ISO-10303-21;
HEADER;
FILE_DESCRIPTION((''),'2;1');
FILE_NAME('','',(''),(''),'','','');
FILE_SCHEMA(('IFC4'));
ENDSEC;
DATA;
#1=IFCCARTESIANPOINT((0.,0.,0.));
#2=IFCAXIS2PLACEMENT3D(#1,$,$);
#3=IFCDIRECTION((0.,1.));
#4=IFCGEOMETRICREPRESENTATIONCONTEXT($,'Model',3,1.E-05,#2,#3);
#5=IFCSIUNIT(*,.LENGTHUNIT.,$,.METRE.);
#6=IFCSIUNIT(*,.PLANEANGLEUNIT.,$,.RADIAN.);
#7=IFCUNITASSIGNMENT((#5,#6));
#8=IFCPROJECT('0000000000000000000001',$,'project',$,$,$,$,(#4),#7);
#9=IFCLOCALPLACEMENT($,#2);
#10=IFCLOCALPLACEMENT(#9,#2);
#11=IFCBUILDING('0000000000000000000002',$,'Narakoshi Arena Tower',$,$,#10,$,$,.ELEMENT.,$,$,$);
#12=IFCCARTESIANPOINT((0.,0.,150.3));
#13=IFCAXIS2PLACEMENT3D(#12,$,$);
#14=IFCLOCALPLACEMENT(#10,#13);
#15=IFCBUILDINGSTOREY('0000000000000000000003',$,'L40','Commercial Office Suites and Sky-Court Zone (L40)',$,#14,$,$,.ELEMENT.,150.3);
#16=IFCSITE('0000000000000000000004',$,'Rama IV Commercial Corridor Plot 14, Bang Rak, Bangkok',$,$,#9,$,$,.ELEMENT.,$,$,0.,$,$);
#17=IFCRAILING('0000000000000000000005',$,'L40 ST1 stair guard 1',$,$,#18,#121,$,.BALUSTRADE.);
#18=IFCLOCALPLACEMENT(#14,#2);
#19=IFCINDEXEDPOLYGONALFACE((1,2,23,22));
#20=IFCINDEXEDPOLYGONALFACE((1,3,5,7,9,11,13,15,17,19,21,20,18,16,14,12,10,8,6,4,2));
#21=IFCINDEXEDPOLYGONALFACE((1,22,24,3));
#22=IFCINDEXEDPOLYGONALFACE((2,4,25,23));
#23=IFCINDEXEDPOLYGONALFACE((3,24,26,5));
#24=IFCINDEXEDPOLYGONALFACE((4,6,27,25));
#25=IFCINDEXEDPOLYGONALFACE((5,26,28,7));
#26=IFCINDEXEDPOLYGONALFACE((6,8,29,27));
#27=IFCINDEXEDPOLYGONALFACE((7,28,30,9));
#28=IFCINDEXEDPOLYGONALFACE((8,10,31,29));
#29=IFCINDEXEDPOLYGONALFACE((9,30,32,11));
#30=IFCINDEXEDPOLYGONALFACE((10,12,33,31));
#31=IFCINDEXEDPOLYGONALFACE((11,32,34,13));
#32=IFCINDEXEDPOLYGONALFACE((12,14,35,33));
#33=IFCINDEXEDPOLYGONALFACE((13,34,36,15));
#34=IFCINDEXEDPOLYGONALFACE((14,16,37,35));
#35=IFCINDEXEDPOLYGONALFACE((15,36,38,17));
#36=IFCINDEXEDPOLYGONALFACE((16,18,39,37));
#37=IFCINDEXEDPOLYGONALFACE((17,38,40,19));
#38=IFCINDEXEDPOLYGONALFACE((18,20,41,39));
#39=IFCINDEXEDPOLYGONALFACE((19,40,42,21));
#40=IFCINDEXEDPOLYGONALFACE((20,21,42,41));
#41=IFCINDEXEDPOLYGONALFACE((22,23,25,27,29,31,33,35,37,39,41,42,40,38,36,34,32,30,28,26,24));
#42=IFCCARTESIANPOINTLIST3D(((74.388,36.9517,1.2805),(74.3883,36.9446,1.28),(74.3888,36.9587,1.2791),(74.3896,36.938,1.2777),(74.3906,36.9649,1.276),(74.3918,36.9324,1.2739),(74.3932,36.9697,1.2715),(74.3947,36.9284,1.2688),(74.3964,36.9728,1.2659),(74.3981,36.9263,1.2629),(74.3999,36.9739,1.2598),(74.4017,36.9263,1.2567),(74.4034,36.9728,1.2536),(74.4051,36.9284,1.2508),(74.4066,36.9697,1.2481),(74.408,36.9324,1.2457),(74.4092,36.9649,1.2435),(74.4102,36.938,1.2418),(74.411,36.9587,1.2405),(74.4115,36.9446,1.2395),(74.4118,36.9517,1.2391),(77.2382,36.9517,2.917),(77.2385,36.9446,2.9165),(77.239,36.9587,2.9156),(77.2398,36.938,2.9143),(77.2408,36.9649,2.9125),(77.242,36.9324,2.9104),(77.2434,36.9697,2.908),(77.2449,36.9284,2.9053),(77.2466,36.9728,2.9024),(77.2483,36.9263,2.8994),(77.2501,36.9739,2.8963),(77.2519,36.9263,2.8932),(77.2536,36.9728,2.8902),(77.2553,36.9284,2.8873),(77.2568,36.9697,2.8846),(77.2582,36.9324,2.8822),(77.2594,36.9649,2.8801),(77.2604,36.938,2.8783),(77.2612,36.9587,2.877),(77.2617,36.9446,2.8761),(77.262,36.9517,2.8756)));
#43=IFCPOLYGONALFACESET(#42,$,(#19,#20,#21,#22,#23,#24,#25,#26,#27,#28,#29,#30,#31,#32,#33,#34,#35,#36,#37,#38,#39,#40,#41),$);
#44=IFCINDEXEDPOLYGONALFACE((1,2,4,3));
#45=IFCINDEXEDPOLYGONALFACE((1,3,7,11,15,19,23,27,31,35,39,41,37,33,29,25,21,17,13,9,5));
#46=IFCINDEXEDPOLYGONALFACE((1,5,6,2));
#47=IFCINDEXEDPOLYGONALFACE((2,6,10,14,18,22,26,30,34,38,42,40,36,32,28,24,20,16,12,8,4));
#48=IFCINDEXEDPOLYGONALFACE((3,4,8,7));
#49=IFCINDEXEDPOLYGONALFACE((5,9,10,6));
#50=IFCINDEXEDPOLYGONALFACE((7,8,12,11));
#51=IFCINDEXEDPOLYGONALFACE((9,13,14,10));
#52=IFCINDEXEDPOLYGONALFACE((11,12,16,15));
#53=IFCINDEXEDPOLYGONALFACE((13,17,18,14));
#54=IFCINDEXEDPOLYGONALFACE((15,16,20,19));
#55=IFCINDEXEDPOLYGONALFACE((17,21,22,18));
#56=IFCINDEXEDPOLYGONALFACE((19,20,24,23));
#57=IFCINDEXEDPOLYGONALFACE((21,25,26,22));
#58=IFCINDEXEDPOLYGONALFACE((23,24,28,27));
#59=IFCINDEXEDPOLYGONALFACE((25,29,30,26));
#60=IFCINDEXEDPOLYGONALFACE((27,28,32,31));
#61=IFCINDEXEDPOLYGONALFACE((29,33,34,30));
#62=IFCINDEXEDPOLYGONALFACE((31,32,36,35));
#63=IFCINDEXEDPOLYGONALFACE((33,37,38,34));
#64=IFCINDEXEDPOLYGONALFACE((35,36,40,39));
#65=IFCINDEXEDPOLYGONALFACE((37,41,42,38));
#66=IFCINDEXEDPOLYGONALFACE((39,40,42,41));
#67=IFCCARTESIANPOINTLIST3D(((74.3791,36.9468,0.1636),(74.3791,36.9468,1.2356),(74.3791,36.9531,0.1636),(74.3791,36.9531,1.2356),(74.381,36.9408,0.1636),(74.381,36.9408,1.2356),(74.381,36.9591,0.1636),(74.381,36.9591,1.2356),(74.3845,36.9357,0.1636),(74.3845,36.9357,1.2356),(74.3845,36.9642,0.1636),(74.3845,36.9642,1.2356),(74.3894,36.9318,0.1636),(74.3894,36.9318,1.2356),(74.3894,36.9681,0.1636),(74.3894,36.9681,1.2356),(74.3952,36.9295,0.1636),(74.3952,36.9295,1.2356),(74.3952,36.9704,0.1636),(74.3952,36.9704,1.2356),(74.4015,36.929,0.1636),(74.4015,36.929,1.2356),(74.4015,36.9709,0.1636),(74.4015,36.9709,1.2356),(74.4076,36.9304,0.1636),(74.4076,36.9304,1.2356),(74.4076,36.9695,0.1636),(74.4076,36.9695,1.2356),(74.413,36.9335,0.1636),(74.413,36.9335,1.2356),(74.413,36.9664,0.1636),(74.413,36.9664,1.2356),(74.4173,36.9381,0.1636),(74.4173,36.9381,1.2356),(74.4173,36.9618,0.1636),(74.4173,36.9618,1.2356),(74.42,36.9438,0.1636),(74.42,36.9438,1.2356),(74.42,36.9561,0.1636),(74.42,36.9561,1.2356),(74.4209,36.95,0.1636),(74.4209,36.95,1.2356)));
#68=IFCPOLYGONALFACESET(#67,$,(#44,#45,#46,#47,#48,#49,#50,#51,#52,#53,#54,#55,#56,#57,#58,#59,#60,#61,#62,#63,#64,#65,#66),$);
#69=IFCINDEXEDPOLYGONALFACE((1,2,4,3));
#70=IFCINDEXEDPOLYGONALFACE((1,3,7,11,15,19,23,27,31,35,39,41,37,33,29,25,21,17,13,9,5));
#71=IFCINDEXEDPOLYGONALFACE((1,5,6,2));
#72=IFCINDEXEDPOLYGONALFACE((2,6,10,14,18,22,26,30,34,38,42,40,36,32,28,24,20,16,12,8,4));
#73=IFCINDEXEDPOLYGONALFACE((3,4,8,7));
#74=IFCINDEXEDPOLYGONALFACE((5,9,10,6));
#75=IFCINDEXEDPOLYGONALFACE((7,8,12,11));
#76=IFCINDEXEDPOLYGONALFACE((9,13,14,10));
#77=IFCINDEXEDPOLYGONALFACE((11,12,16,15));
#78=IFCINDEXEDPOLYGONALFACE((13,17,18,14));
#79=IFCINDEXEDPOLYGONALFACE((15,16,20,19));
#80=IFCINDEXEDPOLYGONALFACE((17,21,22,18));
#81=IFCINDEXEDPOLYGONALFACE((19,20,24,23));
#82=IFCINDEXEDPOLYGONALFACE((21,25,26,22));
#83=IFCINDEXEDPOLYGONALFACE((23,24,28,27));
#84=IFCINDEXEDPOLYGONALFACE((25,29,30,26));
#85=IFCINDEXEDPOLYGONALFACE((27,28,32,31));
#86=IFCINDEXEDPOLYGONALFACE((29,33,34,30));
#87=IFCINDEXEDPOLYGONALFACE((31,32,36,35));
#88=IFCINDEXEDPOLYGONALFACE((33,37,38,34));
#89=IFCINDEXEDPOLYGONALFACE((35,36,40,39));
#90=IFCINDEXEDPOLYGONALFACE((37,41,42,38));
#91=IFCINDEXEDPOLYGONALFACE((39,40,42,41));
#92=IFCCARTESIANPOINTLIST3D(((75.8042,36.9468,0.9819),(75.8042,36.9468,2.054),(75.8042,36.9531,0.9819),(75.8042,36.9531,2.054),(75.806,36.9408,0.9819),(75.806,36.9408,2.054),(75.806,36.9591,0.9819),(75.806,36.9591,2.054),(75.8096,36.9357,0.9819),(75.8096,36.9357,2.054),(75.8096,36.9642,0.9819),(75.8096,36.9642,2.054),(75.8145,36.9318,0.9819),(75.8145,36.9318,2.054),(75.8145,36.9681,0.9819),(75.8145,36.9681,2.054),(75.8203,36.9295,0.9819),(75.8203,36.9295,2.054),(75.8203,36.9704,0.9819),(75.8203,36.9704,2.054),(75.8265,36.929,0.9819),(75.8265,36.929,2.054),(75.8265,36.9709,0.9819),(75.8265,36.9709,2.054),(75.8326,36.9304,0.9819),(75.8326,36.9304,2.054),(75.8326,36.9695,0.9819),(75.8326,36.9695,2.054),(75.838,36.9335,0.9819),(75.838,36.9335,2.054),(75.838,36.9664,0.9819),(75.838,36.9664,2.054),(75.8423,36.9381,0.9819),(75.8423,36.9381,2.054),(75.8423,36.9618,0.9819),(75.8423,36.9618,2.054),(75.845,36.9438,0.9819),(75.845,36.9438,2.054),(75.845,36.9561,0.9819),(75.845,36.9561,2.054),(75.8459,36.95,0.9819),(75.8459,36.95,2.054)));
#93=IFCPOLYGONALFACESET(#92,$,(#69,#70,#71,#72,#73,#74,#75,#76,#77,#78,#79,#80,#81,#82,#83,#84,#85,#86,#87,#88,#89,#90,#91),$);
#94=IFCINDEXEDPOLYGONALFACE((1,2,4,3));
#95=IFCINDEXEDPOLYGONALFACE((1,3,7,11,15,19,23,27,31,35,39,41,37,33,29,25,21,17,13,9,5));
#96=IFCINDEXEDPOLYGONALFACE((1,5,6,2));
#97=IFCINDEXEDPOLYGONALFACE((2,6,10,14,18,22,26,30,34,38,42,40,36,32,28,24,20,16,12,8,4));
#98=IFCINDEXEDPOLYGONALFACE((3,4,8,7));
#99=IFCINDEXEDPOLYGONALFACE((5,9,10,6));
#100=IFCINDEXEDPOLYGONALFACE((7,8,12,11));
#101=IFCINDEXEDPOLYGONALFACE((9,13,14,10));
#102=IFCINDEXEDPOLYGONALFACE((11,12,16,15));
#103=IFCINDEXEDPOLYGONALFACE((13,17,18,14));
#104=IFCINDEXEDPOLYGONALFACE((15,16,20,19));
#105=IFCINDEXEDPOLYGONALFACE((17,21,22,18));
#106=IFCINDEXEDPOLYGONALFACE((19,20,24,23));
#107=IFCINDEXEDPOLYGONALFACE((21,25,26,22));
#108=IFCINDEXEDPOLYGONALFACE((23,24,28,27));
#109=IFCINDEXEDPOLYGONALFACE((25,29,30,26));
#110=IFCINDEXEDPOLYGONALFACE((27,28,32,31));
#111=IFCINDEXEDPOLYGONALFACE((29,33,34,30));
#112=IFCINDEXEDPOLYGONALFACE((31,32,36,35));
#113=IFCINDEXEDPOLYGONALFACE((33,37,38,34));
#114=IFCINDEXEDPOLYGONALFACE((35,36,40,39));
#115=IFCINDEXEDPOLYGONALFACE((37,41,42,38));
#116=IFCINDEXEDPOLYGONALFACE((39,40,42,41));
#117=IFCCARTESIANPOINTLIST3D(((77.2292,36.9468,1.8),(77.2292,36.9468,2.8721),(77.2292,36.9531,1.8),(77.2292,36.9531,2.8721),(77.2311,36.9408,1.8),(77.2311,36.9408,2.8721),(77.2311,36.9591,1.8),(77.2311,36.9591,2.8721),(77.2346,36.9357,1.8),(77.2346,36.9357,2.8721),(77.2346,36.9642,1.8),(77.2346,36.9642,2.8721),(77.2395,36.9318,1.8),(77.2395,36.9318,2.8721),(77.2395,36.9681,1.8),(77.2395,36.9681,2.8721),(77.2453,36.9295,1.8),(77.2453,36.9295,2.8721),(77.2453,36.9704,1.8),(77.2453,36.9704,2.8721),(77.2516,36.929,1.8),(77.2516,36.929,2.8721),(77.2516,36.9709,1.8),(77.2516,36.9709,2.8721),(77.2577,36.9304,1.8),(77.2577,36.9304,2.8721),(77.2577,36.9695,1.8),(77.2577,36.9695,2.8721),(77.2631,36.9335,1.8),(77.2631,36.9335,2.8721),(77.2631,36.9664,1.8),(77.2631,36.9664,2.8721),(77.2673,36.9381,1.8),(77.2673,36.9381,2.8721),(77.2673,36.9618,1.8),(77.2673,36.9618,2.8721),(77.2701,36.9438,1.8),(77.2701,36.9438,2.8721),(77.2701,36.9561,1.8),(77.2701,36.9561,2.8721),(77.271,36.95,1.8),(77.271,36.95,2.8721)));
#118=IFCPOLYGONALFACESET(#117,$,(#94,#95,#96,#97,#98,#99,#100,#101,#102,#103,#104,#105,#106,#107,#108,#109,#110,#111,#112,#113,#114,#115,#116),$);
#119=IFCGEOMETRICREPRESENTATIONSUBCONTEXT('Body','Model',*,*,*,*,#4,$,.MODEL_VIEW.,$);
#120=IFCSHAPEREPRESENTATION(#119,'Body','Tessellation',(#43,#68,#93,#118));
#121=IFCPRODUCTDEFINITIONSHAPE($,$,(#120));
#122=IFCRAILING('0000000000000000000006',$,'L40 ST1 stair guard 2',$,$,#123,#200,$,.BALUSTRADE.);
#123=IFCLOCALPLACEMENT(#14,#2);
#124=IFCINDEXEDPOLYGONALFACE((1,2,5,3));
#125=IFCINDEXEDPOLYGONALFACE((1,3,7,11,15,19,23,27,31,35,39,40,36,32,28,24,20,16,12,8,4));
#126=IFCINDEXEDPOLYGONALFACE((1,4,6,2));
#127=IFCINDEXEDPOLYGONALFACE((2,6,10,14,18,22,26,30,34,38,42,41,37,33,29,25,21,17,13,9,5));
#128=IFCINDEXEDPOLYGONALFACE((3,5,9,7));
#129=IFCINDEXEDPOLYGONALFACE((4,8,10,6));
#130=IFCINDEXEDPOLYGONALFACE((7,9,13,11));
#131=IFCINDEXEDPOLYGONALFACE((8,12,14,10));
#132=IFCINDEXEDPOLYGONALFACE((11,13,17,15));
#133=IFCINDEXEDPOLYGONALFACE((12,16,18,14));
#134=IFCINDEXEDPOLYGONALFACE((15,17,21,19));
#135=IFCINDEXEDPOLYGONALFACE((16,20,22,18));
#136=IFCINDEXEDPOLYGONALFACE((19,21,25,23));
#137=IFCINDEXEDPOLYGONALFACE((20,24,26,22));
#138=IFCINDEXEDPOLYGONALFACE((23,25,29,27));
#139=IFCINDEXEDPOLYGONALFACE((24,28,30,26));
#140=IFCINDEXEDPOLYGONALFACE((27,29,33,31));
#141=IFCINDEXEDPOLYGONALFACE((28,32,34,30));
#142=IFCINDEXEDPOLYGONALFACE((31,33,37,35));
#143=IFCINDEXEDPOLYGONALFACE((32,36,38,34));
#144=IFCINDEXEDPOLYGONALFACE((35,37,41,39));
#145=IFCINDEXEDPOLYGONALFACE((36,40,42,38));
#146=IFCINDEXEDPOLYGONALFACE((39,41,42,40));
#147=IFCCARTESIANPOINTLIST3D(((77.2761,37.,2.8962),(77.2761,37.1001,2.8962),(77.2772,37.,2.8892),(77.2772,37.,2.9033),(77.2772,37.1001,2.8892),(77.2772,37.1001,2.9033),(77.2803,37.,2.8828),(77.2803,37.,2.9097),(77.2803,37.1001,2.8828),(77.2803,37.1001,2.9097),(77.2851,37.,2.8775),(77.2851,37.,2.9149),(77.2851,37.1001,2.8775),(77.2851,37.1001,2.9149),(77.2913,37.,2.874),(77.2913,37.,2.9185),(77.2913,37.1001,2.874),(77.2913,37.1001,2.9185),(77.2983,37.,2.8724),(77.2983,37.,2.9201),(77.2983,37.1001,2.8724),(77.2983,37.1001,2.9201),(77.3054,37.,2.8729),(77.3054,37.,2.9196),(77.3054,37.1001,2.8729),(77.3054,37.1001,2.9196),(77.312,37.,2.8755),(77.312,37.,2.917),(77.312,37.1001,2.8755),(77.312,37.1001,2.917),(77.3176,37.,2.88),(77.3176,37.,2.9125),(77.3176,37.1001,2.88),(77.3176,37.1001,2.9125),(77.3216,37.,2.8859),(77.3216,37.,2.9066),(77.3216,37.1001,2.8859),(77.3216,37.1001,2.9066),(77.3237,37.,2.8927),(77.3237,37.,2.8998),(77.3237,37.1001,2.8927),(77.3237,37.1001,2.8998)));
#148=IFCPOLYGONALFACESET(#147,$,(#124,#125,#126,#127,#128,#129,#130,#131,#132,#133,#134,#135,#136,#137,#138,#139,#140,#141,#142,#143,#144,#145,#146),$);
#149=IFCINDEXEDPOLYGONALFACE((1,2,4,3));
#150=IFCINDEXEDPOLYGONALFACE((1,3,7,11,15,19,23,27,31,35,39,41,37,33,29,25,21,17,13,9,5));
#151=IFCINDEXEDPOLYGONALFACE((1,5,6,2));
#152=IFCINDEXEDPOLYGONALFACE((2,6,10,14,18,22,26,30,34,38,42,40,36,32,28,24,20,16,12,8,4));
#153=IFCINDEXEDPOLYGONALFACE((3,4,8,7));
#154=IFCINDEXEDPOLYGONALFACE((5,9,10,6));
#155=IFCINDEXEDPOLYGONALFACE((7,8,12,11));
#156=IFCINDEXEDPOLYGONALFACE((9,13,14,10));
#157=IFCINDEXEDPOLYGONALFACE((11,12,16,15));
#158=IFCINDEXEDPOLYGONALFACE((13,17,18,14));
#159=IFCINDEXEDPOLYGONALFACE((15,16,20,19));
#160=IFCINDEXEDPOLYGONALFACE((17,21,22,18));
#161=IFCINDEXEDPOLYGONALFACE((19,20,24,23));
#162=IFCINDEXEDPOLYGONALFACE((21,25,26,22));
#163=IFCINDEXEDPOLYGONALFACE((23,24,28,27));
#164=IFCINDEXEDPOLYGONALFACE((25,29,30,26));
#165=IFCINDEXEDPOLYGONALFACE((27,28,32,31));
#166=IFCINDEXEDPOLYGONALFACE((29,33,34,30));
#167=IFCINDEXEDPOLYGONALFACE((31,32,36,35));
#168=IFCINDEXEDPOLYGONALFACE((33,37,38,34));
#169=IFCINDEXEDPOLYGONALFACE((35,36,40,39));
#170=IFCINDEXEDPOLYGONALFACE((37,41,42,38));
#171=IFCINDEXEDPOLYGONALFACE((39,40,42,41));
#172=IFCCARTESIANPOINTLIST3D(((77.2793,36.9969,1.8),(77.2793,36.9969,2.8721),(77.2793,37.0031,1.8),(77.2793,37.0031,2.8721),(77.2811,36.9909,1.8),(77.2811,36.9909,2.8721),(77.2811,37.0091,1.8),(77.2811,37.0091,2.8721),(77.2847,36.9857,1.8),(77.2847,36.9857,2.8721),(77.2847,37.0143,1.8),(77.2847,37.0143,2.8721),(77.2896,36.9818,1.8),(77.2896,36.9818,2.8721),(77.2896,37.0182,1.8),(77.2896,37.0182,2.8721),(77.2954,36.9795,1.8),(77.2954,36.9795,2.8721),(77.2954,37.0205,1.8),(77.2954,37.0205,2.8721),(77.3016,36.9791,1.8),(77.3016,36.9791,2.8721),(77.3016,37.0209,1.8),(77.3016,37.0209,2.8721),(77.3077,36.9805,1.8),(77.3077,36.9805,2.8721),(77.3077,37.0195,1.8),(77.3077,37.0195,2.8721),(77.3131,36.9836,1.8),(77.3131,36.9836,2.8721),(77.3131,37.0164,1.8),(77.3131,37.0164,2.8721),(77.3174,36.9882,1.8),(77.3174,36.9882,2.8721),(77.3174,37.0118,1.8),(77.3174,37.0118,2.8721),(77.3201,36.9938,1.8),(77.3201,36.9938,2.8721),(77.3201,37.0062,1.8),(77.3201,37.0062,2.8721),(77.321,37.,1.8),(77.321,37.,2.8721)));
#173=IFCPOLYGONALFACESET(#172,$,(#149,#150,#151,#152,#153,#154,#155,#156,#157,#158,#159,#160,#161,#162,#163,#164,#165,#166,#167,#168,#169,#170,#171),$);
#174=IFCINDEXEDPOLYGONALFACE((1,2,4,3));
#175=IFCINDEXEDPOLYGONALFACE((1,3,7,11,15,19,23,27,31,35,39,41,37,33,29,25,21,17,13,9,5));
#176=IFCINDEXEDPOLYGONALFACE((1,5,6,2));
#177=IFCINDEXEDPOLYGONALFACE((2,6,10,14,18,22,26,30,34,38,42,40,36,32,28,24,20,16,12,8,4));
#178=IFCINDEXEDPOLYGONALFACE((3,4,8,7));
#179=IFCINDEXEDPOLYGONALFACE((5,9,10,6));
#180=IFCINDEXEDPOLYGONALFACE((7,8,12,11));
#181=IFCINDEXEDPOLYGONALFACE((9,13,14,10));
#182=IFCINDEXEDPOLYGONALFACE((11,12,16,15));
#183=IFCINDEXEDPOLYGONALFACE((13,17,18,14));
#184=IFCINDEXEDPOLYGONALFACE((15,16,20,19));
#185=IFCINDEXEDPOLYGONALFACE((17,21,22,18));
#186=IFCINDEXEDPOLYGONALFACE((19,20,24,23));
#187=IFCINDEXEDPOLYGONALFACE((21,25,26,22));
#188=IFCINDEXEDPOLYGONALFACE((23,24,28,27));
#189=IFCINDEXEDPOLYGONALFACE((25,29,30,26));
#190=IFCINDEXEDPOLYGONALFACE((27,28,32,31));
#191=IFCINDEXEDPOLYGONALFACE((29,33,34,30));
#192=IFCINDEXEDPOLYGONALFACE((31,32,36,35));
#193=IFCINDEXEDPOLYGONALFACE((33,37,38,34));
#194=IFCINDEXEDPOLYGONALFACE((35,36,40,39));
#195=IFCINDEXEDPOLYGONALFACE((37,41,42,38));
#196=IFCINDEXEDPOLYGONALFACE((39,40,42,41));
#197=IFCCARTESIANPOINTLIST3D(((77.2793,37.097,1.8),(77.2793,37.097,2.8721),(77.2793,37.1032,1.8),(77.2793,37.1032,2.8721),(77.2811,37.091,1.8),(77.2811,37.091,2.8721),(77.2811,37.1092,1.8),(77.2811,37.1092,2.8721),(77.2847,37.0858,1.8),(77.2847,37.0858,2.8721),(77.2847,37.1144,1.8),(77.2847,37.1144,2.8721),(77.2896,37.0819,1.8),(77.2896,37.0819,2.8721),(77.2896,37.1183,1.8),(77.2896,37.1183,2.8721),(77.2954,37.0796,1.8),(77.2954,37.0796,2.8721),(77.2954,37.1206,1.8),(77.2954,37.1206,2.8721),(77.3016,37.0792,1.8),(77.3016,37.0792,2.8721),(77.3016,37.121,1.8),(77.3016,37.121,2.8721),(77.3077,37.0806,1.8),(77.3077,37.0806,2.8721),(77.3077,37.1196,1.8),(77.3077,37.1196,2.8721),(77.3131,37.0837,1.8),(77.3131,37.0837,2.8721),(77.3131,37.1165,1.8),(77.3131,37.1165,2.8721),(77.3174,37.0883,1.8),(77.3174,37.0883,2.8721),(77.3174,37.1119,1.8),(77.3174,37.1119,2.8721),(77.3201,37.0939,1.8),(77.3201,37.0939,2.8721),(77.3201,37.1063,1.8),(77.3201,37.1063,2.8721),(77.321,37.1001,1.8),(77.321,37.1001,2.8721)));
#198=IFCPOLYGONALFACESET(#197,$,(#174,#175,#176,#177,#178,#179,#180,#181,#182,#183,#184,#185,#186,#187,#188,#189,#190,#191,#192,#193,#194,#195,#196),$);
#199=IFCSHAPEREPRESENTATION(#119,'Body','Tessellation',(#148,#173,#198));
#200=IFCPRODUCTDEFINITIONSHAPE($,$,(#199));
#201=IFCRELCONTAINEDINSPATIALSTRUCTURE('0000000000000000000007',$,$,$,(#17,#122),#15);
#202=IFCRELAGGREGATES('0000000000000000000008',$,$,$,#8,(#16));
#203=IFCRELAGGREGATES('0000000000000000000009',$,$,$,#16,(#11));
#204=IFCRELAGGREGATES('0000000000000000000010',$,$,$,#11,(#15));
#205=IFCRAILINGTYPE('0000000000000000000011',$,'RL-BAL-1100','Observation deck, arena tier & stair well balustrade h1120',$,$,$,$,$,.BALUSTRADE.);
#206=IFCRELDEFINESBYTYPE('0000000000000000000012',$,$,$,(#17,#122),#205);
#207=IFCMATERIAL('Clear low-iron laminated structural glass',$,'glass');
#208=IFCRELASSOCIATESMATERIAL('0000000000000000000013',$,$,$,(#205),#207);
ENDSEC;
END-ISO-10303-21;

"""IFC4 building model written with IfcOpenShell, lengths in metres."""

from ifc_helpers import new_model, si_unit, direction, frame, origin, origin_2d, place, context, subcontext, project, spatial, circle, extrude, material, type_object, element, save


model = new_model("IFC4")

# Units and contexts
model_context = context("Model", 3, precision=1e-05, world=origin(), true_north=direction((0.0, 1.0)))
body_context = subcontext(model_context, "Body", "Model", "MODEL_VIEW")
ifc_project = project(units=[si_unit("LENGTHUNIT", "METRE"), si_unit("PLANEANGLEUNIT", "RADIAN")], contexts=[model_context])

# Site, building, storey
site_placement = place(None, origin())
site = spatial("IfcSite", under=ifc_project, at=site_placement, Name="Rama IV Commercial Corridor Plot 14, Bang Rak, Bangkok", CompositionType="ELEMENT", RefElevation=0.0)
building_placement = place(site_placement, origin())
building = spatial("IfcBuilding", under=site, at=building_placement, Name="Narakoshi Arena Tower", CompositionType="ELEMENT")
storey_placement = place(building_placement, frame((0.0, 0.0, 150.3)))
storey = spatial("IfcBuildingStorey", under=building, at=storey_placement, Name="L40", Description="Commercial Office Suites and Sky-Court Zone (L40)", CompositionType="ELEMENT", Elevation=150.3)

# Railings
ifc_material_1 = material(Name="Clear low-iron laminated structural glass", Category="glass")
railing_type_1 = type_object("IfcRailingType", Name="RL-BAL-1100", Description="Observation deck, arena tier & stair well balustrade h1120", PredefinedType="BALUSTRADE", material=ifc_material_1)
railing_1_placement = place(storey_placement, frame((74.3999, 36.95, 0.1636)))
element("IfcRailing", 1, at=railing_1_placement, inside=storey, type_object=railing_type_1, Name="L40 ST1 stair guard 1", PredefinedType="BALUSTRADE", context=body_context, shape_type="SweptSolid", body=[
    extrude(circle(Radius=0.0239, at=origin_2d()), frame((0.0, 0.0, 1.0962), z_axis=(0.867213, 0.0, 0.497938), x_axis=(0.0, 1.0, 0.0)), (0.0, 0.0, 1.0), 3.2866),
    extrude(circle(Radius=0.021, at=origin_2d()), origin(), (0.0, 0.0, 1.0), 1.072),
    extrude(circle(Radius=0.021, at=origin_2d()), frame((1.425, 0.0, 0.8184)), (0.0, 0.0, 1.0), 1.072),
    extrude(circle(Radius=0.021, at=origin_2d()), frame((2.8501, 0.0, 1.6365)), (0.0, 0.0, 1.0), 1.072),
])
railing_2_placement = place(storey_placement, frame((77.3, 37.0, 1.8)))
element("IfcRailing", 2, at=railing_2_placement, inside=storey, type_object=railing_type_1, Name="L40 ST1 stair guard 2", PredefinedType="BALUSTRADE", context=body_context, shape_type="SweptSolid", body=[
    extrude(circle(Radius=0.0239, at=origin_2d()), frame((0.0, 0.0, 1.0962), z_axis=(0.0, 1.0, 0.0), x_axis=(-1.0, 0.0, 0.0)), (0.0, 0.0, 1.0), 0.1001),
    extrude(circle(Radius=0.021, at=origin_2d()), origin(), (0.0, 0.0, 1.0), 1.072),
    extrude(circle(Radius=0.021, at=origin_2d()), frame((0.0, 0.1001, 0.0)), (0.0, 0.0, 1.0), 1.072),
])

save(model, "model.ifc")
